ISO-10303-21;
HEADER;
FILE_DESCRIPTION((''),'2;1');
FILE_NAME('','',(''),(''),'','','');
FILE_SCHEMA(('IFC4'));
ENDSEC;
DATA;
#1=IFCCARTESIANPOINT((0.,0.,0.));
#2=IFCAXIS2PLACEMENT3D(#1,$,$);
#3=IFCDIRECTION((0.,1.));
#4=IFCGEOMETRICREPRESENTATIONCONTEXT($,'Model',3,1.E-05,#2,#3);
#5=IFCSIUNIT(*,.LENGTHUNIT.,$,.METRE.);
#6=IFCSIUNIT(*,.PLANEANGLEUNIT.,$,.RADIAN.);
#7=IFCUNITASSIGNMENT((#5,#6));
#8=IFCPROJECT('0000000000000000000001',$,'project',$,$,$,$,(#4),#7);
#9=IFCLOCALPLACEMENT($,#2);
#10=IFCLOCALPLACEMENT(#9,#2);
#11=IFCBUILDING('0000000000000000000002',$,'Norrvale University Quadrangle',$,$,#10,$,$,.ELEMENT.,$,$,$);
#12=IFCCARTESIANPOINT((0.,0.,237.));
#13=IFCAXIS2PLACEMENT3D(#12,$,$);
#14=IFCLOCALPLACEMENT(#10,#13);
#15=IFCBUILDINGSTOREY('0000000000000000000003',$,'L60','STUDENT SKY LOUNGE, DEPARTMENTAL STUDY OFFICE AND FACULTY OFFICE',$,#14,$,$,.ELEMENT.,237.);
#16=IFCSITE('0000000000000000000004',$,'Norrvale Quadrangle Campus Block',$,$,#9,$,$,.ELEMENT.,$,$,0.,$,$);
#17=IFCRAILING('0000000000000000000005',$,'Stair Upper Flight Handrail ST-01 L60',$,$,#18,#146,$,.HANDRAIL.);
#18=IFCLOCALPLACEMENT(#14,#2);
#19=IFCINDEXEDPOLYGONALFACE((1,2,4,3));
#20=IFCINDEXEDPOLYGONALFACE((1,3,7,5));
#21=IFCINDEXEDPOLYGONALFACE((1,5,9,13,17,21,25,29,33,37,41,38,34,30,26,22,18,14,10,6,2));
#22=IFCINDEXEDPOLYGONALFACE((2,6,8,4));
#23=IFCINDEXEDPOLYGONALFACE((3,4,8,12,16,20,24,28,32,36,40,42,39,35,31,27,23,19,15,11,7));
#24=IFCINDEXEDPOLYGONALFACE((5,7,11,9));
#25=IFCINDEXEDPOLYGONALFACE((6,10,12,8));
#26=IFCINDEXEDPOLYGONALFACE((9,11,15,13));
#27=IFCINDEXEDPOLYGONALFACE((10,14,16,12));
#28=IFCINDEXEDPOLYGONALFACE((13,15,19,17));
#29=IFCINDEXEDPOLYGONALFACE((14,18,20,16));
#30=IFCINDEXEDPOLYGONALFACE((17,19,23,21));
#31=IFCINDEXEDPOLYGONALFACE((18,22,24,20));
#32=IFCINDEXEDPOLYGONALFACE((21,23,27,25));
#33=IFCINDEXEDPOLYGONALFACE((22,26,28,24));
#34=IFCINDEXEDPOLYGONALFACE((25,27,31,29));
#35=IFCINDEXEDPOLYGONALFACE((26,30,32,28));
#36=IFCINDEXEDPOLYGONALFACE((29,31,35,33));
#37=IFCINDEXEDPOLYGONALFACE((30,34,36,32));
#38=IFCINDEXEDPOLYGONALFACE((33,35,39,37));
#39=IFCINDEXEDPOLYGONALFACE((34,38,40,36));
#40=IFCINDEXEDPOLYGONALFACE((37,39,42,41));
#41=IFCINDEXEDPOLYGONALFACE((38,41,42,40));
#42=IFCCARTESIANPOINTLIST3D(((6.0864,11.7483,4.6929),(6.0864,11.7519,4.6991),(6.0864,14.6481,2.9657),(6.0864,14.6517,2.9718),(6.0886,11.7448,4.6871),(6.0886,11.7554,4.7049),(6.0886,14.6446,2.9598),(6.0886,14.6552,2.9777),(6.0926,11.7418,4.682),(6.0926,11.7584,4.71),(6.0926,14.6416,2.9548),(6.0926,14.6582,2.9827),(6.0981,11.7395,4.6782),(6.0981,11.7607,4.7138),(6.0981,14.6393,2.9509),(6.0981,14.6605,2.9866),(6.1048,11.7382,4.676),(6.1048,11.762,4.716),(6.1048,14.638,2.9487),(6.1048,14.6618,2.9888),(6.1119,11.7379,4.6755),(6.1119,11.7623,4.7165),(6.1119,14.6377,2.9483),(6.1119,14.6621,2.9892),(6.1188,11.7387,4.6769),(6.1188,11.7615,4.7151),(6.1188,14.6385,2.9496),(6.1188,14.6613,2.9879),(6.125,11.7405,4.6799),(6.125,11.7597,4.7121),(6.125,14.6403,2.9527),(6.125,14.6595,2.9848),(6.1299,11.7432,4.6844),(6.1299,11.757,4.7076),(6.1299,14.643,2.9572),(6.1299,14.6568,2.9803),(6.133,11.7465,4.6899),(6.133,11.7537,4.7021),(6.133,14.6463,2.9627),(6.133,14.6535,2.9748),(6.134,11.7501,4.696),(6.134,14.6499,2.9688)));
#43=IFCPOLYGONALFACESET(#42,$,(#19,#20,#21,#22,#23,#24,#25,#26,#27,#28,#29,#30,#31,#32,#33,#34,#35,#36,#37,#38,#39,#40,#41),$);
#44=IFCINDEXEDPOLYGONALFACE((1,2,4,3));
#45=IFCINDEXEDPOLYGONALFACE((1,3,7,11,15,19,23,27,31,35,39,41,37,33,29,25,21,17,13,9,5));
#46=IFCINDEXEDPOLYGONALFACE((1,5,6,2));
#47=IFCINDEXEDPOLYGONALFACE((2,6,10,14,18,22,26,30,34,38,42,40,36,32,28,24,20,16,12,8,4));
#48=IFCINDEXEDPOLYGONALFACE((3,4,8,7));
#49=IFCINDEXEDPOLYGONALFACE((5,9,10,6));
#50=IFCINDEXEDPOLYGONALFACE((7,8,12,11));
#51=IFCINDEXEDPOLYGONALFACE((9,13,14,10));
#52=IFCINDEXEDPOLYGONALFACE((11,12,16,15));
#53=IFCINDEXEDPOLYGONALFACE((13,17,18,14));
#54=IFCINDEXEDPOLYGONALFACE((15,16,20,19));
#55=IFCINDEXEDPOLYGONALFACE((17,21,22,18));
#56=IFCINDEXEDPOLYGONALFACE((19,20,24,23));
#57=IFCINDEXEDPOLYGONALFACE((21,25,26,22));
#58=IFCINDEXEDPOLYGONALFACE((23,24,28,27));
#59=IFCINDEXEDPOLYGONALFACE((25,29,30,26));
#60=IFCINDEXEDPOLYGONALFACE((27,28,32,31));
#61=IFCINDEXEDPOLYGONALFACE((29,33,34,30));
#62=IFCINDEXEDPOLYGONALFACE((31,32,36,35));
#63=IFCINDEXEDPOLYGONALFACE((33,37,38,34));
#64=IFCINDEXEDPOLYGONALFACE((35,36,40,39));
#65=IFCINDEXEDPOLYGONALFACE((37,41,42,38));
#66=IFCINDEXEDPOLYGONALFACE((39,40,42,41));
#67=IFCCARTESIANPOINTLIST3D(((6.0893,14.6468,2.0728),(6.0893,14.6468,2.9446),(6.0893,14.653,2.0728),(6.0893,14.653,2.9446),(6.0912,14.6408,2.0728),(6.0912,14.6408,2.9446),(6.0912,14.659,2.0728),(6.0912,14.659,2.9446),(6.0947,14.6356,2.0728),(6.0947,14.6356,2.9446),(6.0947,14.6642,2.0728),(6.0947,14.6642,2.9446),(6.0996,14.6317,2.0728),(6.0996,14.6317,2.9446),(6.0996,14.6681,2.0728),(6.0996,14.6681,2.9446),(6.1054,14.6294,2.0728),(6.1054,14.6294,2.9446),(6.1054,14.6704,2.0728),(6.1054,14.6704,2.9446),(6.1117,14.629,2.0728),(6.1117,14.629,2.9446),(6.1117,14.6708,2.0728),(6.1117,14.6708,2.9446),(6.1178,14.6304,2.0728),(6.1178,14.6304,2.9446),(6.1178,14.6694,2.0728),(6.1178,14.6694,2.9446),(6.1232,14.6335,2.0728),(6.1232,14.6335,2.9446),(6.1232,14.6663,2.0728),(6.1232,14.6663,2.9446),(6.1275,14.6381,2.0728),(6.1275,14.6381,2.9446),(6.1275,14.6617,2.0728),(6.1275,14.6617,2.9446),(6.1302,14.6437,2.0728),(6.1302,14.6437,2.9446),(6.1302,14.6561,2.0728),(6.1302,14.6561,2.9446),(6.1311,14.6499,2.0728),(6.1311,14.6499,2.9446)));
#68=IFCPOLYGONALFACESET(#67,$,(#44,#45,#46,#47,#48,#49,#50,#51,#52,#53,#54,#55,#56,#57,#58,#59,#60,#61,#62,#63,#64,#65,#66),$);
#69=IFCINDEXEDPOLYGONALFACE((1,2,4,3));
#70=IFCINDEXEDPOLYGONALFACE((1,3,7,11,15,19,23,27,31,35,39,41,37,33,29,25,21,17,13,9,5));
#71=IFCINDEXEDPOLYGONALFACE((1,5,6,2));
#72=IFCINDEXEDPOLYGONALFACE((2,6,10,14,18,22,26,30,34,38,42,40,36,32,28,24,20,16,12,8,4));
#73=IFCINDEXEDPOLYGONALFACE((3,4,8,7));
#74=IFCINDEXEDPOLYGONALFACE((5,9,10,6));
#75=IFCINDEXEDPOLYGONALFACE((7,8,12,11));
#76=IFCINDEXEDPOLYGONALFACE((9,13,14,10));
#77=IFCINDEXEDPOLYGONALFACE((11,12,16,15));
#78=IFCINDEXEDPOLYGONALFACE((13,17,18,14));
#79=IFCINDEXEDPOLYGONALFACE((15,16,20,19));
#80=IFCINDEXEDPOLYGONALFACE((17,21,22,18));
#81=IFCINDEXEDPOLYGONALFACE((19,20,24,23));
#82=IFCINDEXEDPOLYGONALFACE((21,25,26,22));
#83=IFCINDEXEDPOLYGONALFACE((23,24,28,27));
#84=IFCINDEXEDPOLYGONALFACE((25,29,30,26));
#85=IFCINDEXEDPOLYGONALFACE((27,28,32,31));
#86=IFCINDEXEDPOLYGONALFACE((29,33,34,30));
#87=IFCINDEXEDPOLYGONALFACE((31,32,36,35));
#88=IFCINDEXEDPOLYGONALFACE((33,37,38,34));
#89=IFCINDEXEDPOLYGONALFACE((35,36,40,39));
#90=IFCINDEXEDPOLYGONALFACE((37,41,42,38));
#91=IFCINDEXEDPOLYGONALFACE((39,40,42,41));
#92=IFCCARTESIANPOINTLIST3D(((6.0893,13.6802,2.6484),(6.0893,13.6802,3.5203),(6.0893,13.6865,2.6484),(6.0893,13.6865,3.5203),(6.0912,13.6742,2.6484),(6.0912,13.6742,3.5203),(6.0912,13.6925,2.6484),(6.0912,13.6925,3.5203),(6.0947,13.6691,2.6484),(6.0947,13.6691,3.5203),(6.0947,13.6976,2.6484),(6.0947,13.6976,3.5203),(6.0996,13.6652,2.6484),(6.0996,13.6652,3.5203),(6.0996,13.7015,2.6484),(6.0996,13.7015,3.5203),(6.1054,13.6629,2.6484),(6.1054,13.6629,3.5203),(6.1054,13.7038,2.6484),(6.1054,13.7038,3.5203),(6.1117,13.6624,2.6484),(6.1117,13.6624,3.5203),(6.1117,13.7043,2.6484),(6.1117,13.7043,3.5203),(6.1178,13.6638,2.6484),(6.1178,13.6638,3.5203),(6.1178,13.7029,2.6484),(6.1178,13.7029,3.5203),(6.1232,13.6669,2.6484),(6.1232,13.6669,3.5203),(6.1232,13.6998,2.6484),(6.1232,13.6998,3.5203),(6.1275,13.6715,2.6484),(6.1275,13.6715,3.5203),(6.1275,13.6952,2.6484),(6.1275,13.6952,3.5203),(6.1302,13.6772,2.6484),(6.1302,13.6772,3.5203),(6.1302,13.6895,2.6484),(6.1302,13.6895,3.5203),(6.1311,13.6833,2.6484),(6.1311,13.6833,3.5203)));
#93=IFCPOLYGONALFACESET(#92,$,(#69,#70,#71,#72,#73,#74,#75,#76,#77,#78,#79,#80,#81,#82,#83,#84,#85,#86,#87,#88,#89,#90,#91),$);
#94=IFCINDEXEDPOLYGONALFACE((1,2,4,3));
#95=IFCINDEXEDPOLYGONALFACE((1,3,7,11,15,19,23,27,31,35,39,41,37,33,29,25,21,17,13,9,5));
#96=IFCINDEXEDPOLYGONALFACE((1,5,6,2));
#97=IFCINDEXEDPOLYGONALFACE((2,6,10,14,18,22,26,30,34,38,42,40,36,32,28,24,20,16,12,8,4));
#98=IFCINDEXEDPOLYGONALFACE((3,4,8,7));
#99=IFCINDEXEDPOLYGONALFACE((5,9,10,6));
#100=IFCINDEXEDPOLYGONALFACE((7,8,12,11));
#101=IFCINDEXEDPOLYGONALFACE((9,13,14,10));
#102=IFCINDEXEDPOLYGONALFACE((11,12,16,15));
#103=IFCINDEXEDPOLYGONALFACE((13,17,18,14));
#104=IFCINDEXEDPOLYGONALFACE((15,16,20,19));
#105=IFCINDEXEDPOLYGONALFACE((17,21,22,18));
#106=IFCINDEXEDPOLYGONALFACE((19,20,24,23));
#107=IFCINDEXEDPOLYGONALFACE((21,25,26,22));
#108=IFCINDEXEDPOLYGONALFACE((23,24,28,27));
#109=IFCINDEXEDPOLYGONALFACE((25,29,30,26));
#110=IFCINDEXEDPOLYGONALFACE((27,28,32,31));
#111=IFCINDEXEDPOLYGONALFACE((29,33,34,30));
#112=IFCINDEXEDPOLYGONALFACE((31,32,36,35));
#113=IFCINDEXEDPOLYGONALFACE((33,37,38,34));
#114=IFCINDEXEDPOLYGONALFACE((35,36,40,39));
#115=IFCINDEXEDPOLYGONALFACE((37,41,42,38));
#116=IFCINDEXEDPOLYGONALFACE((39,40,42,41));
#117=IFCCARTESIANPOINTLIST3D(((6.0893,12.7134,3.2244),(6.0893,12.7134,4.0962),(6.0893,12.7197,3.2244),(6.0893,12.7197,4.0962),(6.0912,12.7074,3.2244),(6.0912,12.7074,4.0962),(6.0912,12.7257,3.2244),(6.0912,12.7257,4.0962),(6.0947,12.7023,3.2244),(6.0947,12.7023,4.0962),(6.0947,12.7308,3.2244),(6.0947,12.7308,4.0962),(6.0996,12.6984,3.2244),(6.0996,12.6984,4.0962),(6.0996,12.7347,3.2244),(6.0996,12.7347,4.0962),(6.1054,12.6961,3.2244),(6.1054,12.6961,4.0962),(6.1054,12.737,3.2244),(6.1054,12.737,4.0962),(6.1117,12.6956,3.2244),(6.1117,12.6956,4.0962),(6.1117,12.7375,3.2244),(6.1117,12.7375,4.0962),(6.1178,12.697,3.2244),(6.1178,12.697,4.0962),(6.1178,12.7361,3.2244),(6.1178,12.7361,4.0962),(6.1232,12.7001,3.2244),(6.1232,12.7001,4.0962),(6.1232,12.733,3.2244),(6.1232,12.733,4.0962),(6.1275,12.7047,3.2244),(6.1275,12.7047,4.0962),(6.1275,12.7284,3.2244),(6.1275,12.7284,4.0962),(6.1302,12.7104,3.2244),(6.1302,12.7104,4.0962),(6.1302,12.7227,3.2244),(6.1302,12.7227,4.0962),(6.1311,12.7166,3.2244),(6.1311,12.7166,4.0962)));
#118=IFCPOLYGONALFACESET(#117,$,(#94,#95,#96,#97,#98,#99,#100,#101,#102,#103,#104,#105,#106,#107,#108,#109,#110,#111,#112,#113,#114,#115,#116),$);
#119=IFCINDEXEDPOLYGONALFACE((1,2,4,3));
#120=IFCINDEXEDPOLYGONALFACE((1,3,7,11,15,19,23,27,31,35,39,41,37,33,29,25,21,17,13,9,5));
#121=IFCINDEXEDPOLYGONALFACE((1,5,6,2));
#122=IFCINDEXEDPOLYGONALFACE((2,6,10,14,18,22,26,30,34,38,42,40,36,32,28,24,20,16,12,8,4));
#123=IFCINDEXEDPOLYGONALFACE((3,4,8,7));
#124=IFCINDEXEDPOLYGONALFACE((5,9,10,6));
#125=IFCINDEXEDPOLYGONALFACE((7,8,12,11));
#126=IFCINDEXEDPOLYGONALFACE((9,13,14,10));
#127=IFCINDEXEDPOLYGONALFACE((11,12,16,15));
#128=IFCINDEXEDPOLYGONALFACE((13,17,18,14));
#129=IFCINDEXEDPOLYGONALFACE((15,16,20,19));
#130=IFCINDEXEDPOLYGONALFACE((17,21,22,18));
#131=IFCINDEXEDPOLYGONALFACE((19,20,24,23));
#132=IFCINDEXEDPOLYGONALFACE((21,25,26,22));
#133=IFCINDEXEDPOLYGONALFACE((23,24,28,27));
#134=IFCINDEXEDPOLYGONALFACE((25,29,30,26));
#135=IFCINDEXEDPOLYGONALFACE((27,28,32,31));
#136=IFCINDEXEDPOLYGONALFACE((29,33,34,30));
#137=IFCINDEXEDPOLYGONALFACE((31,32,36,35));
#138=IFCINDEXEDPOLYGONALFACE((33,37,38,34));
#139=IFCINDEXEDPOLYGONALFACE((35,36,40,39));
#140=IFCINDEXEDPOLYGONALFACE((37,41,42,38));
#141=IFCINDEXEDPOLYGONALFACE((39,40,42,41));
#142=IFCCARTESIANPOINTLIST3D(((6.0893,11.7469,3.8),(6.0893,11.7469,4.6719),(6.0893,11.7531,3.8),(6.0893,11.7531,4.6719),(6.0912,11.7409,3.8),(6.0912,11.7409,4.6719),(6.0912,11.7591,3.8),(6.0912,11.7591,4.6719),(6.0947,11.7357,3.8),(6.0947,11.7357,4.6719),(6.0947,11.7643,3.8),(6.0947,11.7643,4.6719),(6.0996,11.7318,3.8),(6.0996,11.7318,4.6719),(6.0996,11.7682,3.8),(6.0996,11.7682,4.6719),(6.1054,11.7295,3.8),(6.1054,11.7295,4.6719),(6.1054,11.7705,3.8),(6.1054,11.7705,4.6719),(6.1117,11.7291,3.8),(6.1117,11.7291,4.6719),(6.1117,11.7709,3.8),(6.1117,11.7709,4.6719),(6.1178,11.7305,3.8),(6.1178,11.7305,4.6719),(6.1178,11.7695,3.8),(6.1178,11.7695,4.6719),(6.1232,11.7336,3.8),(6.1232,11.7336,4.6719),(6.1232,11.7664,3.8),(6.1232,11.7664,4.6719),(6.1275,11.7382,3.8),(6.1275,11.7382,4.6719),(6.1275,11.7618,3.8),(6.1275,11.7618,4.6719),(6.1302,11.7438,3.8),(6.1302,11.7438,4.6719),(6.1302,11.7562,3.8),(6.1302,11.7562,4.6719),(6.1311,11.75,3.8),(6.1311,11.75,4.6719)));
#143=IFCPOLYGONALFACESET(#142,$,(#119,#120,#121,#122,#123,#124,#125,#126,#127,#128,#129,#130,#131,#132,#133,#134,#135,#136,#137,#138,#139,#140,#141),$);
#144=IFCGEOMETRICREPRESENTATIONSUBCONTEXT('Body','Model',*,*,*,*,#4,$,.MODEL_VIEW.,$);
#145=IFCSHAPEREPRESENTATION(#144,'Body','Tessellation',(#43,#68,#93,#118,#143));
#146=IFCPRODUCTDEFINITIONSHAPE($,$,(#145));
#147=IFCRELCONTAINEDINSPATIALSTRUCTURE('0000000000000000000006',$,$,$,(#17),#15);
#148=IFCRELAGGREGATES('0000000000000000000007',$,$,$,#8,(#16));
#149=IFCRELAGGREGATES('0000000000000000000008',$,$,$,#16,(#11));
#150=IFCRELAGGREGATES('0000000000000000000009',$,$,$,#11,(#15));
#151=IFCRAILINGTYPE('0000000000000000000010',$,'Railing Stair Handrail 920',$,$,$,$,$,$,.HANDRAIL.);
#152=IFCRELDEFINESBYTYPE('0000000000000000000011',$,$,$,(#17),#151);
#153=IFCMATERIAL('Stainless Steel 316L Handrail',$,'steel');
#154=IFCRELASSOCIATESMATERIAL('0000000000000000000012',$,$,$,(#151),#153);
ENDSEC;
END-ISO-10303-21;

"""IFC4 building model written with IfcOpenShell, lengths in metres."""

from ifc_helpers import new_model, si_unit, direction, frame, origin, origin_2d, place, context, subcontext, project, spatial, circle, extrude, material, type_object, element, save


model = new_model("IFC4")

# Units and contexts
model_context = context("Model", 3, precision=1e-05, world=origin(), true_north=direction((0.0, 1.0)))
body_context = subcontext(model_context, "Body", "Model", "MODEL_VIEW")
ifc_project = project(units=[si_unit("LENGTHUNIT", "METRE"), si_unit("PLANEANGLEUNIT", "RADIAN")], contexts=[model_context])

# Site, building, storey
site_placement = place(None, origin())
site = spatial("IfcSite", under=ifc_project, at=site_placement, Name="Norrvale Quadrangle Campus Block", CompositionType="ELEMENT", RefElevation=0.0)
building_placement = place(site_placement, origin())
building = spatial("IfcBuilding", under=site, at=building_placement, Name="Norrvale University Quadrangle", CompositionType="ELEMENT")
storey_placement = place(building_placement, frame((0.0, 0.0, 237.0)))
storey = spatial("IfcBuildingStorey", under=building, at=storey_placement, Name="L60", Description="STUDENT SKY LOUNGE, DEPARTMENTAL STUDY OFFICE AND FACULTY OFFICE", CompositionType="ELEMENT", Elevation=237.0)

# Railing
ifc_material_1 = material(Name="Stainless Steel 316L Handrail", Category="steel")
railing_type_1 = type_object("IfcRailingType", Name="Railing Stair Handrail 920", PredefinedType="HANDRAIL", material=ifc_material_1)
railing_1_placement = place(storey_placement, frame((6.1101, 14.6499, 2.0728)))
element("IfcRailing", 1, at=railing_1_placement, inside=storey, type_object=railing_type_1, Name="Stair Upper Flight Handrail ST-01 L60", PredefinedType="HANDRAIL", context=body_context, shape_type="SweptSolid", body=[
    extrude(circle(Radius=0.0239, at=origin_2d()), frame((0.0, 0.0, 0.896), z_axis=(0.0, -0.859141, 0.511738), x_axis=(1.0, 0.0, 0.0)), (0.0, 0.0, 1.0), 3.3752),
    extrude(circle(Radius=0.021, at=origin_2d()), origin(), (0.0, 0.0, 1.0), 0.8718),
    extrude(circle(Radius=0.021, at=origin_2d()), frame((0.0, -0.9666, 0.5757)), (0.0, 0.0, 1.0), 0.8718),
    extrude(circle(Radius=0.021, at=origin_2d()), frame((0.0, -1.9333, 1.1516)), (0.0, 0.0, 1.0), 0.8718),
    extrude(circle(Radius=0.021, at=origin_2d()), frame((0.0, -2.8999, 1.7273)), (0.0, 0.0, 1.0), 0.8718),
])

save(model, "model.ifc")
